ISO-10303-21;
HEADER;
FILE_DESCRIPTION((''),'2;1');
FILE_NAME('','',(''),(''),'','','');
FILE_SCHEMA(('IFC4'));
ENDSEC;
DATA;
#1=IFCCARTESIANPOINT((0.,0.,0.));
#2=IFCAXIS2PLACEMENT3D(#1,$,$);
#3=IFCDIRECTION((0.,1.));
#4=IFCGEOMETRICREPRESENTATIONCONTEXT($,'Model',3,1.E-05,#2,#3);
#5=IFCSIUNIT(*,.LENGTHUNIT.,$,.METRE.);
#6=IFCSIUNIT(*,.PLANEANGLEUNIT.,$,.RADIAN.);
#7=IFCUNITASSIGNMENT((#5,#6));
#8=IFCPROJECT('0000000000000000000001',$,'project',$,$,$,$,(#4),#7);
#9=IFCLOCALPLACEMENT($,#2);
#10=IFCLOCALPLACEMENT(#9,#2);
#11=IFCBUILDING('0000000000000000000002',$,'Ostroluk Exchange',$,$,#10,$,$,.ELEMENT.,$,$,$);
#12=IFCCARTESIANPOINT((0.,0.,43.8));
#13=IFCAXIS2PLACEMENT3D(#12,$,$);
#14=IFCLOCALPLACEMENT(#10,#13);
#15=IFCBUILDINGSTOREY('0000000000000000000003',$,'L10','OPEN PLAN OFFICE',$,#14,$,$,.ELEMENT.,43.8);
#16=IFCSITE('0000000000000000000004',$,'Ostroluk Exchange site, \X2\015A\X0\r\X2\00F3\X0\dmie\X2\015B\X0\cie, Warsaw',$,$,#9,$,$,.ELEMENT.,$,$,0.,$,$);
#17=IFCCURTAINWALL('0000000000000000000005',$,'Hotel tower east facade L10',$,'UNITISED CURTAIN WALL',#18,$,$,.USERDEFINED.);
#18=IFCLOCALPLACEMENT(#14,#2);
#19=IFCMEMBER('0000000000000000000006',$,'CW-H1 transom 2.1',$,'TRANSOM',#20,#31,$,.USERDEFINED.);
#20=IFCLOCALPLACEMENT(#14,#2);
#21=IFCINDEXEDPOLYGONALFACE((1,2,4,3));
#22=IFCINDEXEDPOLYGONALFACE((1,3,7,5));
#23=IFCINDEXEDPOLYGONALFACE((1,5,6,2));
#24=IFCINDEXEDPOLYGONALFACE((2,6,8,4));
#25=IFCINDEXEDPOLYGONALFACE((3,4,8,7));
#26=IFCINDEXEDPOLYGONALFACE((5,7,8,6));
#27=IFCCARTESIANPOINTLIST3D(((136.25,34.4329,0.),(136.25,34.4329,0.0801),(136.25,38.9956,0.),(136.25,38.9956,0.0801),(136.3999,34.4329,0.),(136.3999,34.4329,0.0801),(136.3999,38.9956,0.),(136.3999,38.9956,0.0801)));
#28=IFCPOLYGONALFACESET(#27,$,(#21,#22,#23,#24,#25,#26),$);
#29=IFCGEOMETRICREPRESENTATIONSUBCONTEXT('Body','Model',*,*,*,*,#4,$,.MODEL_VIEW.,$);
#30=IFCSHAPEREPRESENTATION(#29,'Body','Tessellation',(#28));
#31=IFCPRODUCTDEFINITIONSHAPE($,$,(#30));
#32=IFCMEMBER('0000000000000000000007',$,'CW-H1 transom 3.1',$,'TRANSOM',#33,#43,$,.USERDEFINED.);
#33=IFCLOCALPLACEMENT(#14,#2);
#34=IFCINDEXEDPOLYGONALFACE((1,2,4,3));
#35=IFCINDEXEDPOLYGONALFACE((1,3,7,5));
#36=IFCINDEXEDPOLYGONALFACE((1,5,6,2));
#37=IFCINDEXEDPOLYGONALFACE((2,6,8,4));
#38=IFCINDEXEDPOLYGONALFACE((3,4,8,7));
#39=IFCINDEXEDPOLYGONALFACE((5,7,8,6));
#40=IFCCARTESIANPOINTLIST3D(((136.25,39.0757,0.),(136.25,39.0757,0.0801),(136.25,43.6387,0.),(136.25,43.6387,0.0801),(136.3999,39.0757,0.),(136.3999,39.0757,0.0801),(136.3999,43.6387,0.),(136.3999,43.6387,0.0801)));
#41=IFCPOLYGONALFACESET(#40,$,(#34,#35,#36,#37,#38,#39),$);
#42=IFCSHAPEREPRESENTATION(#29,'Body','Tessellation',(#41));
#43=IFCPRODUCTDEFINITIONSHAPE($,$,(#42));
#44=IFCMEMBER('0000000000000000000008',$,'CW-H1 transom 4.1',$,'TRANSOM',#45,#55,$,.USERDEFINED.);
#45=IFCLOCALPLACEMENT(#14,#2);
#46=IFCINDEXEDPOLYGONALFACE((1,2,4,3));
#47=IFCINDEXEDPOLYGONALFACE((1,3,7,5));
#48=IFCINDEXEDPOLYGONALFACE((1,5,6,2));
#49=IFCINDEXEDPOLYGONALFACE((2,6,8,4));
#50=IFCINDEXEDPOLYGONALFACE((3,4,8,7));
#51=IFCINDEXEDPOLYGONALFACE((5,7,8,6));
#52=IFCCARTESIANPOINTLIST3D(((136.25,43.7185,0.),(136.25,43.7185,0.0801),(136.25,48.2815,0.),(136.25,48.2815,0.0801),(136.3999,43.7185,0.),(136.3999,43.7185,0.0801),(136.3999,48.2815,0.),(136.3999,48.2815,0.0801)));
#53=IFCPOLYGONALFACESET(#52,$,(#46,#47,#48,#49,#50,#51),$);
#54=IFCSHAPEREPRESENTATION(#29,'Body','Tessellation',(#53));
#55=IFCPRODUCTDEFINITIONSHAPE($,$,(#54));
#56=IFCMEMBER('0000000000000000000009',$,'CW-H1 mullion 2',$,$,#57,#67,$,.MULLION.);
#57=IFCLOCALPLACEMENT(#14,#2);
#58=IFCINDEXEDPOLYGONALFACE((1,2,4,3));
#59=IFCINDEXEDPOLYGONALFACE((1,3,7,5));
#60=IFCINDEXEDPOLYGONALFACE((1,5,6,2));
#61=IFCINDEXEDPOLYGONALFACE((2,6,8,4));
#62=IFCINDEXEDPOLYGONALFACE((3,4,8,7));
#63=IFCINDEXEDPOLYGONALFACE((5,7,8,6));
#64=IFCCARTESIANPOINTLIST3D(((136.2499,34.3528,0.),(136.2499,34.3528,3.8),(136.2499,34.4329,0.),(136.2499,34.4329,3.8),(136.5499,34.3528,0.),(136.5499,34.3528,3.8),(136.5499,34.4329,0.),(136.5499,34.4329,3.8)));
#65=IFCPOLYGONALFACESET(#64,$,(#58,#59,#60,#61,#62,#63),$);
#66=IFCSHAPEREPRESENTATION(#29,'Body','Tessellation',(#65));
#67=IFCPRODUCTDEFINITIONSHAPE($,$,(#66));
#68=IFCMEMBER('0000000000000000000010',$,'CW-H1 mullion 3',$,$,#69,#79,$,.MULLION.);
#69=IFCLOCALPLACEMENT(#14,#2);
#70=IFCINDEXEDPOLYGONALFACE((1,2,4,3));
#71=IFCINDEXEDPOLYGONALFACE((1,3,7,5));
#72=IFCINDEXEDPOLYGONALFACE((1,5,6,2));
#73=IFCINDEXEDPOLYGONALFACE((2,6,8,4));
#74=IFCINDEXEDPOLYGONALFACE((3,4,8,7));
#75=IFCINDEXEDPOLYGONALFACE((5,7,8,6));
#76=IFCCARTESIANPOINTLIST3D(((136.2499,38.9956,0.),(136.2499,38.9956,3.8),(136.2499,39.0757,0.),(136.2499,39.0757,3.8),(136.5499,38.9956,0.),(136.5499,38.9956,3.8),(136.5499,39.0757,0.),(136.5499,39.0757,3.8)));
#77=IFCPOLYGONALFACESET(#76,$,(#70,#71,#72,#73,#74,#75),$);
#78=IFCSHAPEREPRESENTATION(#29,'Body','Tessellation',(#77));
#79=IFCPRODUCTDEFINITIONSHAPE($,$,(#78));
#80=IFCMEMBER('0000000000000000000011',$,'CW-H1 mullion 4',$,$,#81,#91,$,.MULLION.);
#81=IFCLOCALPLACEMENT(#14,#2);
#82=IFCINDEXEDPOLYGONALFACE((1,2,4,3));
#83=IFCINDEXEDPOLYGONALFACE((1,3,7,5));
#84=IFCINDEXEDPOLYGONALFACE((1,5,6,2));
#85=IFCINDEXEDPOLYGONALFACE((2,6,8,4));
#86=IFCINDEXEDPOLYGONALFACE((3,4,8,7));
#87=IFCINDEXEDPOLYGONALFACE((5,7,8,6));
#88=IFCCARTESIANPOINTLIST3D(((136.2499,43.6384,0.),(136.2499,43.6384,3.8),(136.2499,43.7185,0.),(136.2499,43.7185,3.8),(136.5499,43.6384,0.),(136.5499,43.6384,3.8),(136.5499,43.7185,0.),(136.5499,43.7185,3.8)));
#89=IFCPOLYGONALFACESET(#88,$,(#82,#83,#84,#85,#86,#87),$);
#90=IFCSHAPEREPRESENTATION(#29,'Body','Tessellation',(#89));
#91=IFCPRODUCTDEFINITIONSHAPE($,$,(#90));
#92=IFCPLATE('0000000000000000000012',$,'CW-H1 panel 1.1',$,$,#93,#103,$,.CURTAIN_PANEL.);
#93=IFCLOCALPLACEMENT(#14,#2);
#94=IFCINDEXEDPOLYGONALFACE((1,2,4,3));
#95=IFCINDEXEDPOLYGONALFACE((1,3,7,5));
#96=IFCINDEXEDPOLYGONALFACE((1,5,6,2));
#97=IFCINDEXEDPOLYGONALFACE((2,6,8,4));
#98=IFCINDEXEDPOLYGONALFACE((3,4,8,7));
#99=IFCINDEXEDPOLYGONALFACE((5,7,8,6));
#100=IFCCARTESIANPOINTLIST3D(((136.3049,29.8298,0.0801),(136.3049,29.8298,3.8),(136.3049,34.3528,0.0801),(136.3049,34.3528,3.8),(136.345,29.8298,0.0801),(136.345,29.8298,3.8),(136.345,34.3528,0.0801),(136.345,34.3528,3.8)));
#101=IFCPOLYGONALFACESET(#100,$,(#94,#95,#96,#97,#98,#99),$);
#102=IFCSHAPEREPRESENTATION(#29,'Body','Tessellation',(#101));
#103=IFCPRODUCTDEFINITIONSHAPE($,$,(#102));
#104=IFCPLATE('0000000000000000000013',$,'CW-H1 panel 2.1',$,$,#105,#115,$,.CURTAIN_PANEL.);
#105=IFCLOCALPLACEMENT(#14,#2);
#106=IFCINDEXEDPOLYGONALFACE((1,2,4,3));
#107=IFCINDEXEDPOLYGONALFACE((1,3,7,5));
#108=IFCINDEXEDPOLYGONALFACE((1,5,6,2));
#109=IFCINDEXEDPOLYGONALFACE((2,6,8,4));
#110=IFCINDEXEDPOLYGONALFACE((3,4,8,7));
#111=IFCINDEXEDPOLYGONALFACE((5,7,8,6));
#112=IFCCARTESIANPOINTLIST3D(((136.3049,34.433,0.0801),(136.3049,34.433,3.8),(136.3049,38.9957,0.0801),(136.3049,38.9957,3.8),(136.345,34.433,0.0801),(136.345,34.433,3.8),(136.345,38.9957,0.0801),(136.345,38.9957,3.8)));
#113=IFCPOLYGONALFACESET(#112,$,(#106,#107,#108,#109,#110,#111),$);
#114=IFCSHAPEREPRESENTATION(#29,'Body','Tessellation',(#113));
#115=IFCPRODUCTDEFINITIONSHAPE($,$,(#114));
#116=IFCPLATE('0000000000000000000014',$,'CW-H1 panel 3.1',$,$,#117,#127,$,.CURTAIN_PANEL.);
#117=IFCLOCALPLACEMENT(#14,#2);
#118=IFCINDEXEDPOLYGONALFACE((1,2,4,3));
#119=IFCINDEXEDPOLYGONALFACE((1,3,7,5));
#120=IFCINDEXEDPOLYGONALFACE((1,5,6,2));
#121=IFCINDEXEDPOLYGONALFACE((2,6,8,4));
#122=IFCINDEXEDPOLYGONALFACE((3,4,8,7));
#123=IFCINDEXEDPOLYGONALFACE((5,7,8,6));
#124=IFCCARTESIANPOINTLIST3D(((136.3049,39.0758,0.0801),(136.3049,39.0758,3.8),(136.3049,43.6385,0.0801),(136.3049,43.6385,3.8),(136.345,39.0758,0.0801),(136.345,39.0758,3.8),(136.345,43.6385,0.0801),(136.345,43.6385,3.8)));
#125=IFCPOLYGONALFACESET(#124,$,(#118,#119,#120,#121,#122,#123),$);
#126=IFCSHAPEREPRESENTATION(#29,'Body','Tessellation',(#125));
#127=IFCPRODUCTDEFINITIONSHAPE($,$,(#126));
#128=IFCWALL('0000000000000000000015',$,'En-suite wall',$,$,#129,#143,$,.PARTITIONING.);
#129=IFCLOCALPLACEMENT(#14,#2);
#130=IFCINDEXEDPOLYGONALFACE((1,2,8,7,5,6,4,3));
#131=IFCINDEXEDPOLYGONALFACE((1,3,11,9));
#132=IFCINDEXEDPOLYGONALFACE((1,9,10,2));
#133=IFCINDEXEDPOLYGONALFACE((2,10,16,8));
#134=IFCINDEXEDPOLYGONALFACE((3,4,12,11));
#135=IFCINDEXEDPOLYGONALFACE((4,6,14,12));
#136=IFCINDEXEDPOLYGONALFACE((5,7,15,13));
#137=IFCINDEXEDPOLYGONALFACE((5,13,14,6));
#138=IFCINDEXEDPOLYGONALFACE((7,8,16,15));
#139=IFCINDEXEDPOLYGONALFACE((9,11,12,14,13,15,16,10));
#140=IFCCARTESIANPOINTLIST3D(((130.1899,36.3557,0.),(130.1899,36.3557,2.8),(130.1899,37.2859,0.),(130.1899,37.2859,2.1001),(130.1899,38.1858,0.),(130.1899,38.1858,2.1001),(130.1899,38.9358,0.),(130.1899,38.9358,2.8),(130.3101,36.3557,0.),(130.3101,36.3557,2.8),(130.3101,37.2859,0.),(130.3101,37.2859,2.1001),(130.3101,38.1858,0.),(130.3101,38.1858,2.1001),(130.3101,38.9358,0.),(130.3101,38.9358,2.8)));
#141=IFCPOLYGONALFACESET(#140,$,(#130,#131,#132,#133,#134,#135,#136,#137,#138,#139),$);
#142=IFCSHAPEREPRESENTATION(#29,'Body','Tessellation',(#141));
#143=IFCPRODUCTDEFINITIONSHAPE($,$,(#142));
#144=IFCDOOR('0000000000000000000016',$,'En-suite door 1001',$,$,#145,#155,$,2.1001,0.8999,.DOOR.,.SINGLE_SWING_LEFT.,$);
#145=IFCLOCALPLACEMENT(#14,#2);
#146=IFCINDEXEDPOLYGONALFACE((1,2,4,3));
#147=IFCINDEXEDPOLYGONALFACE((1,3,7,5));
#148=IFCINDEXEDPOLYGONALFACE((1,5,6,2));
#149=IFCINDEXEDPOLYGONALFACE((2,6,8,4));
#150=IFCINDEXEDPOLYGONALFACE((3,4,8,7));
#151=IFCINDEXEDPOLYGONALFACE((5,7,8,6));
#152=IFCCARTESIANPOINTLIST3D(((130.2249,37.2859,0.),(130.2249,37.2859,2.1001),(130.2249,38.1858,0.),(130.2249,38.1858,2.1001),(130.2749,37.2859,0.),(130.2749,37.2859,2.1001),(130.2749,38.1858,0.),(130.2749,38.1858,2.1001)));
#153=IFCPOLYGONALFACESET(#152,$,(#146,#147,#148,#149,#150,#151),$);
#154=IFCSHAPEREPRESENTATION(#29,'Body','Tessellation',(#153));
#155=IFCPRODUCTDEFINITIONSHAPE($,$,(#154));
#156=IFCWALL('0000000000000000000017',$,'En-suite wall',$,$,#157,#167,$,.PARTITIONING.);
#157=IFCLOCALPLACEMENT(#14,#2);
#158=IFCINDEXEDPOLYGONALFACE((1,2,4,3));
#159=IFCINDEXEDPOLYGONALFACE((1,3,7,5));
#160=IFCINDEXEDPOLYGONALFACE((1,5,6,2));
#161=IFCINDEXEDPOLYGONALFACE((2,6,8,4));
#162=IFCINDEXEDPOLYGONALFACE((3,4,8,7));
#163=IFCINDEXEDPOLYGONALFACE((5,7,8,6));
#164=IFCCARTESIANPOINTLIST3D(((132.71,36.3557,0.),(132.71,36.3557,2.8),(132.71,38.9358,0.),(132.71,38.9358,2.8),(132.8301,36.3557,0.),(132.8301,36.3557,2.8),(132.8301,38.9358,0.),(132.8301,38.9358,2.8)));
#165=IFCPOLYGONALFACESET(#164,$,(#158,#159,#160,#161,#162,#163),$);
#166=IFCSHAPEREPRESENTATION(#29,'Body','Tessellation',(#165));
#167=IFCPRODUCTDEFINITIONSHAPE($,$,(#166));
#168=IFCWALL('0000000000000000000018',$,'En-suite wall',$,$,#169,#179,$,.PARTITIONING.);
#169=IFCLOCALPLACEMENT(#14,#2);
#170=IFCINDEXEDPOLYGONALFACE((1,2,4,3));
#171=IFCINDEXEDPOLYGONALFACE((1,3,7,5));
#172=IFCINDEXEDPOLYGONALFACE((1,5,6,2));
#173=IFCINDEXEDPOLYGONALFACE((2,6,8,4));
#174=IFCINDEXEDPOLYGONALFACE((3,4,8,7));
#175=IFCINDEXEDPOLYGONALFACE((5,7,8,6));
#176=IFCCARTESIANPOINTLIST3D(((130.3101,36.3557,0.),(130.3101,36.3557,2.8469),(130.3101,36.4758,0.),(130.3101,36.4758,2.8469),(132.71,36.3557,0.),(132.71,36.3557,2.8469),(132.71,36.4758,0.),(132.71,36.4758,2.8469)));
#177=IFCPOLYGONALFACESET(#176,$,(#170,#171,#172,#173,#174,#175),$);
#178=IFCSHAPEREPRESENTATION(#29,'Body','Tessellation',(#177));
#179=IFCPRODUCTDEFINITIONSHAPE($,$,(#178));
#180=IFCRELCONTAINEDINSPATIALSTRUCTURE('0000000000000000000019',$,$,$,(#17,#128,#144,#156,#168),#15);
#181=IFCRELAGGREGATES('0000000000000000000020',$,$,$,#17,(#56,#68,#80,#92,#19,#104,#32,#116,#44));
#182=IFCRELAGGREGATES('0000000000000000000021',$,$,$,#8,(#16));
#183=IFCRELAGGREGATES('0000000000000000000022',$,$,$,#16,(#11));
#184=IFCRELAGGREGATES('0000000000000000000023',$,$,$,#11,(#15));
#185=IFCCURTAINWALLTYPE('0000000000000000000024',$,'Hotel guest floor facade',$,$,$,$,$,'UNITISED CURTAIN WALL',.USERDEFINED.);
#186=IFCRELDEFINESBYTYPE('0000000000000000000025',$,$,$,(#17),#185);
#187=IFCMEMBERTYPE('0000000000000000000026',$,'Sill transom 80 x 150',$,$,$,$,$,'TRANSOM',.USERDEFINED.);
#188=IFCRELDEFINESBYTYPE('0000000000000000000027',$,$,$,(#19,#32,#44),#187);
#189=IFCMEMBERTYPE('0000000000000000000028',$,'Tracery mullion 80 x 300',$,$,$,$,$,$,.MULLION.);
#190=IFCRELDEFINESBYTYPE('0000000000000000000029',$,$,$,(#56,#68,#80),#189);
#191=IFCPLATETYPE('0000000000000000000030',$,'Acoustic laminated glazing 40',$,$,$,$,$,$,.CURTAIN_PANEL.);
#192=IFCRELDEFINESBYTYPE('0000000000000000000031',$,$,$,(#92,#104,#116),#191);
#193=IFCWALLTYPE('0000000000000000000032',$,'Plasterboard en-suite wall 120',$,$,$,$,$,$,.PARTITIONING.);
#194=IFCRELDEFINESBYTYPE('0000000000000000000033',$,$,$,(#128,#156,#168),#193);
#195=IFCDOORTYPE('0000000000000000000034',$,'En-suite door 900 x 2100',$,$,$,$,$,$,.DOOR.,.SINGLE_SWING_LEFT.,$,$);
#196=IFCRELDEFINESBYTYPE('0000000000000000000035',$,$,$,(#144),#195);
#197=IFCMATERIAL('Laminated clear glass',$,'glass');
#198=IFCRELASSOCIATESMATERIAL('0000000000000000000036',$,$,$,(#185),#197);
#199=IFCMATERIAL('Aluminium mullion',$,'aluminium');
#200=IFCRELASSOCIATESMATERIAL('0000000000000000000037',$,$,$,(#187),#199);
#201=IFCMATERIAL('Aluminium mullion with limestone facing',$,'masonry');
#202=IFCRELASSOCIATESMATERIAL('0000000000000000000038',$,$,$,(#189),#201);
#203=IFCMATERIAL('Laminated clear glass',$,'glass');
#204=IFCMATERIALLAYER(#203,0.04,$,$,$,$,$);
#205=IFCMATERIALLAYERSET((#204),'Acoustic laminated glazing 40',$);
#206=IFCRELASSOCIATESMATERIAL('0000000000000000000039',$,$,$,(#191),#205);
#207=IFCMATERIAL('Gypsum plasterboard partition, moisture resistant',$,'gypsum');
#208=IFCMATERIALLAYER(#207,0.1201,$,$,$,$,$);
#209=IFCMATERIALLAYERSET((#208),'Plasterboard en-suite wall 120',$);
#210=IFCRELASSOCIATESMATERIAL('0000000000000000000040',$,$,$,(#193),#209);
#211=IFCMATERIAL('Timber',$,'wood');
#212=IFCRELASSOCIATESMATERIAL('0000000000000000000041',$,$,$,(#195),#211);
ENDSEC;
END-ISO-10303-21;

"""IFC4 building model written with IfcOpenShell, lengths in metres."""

from ifc_helpers import new_model, si_unit, direction, frame, frame_2d, origin, origin_2d, place, context, subcontext, project, spatial, rectangle, extrude, material, layer, layer_set, material_profile, profile_set, type_object, element, fill, aggregate, save


model = new_model("IFC4")

# Units and contexts
model_context = context("Model", 3, precision=1e-05, world=origin(), true_north=direction((0.0, 1.0)))
body_context = subcontext(model_context, "Body", "Model", "MODEL_VIEW")
ifc_project = project(units=[si_unit("LENGTHUNIT", "METRE"), si_unit("PLANEANGLEUNIT", "RADIAN")], contexts=[model_context])

# Site, building, storey
site_placement = place(None, origin())
site = spatial("IfcSite", under=ifc_project, at=site_placement, Name="Ostroluk Exchange site, Śródmieście, Warsaw", CompositionType="ELEMENT", RefElevation=0.0)
building_placement = place(site_placement, origin())
building = spatial("IfcBuilding", under=site, at=building_placement, Name="Ostroluk Exchange", CompositionType="ELEMENT")
storey_placement = place(building_placement, frame((0.0, 0.0, 43.8)))
storey = spatial("IfcBuildingStorey", under=building, at=storey_placement, Name="L10", Description="OPEN PLAN OFFICE", CompositionType="ELEMENT", Elevation=43.8)

# Curtain wall, members, plates
ifc_material_1 = material(Name="Laminated clear glass", Category="glass")
curtain_wall_type = type_object("IfcCurtainWallType", Name="Hotel guest floor facade", ElementType="UNITISED CURTAIN WALL", PredefinedType="USERDEFINED", material=ifc_material_1)
curtain_wall_placement = place(storey_placement, origin())
curtain_wall = element("IfcCurtainWall", 1, at=curtain_wall_placement, inside=storey, type_object=curtain_wall_type, Name="Hotel tower east facade L10", ObjectType="UNITISED CURTAIN WALL", PredefinedType="USERDEFINED")
ifc_material_2 = material(Name="Aluminium mullion", Category="aluminium")
ifc_material_profile_1 = material_profile(ifc_material_2, rectangle(XDim=0.1499, YDim=0.0801, at=origin_2d()), Name="Sill transom 80 x 150")
ifc_profile_set_1 = profile_set([ifc_material_profile_1], Name="Aluminium mullion")
member_type_1 = type_object("IfcMemberType", Name="Sill transom 80 x 150", ElementType="TRANSOM", PredefinedType="USERDEFINED", material=ifc_profile_set_1)
member_1_placement = place(storey_placement, frame((136.325, 34.4329, 0.04), z_axis=(0.0, 1.0, 0.0), x_axis=(-1.0, 0.0, 0.0)))
member_1 = element("IfcMember", 2, at=member_1_placement, type_object=member_type_1, Name="CW-H1 transom 2.1", ObjectType="TRANSOM", PredefinedType="USERDEFINED", context=body_context, shape_type="SweptSolid", body=[
    extrude(rectangle(XDim=0.1499, YDim=0.0801, at=origin_2d()), origin(), (0.0, 0.0, 1.0), 4.5627),
])
member_2_placement = place(storey_placement, frame((136.325, 39.0757, 0.04), z_axis=(0.0, 1.0, 0.0), x_axis=(-1.0, 0.0, 0.0)))
member_2 = element("IfcMember", 3, at=member_2_placement, type_object=member_type_1, Name="CW-H1 transom 3.1", ObjectType="TRANSOM", PredefinedType="USERDEFINED", context=body_context, shape_type="SweptSolid", body=[
    extrude(rectangle(XDim=0.1499, YDim=0.0801, at=origin_2d()), origin(), (0.0, 0.0, 1.0), 4.563),
])
member_3_placement = place(storey_placement, frame((136.325, 43.7185, 0.04), z_axis=(0.0, 1.0, 0.0), x_axis=(-1.0, 0.0, 0.0)))
member_3 = element("IfcMember", 4, at=member_3_placement, type_object=member_type_1, Name="CW-H1 transom 4.1", ObjectType="TRANSOM", PredefinedType="USERDEFINED", context=body_context, shape_type="SweptSolid", body=[
    extrude(rectangle(XDim=0.1499, YDim=0.0801, at=origin_2d()), origin(), (0.0, 0.0, 1.0), 4.563),
])
ifc_material_3 = material(Name="Aluminium mullion with limestone facing", Category="masonry")
ifc_material_profile_2 = material_profile(ifc_material_3, rectangle(XDim=0.3, YDim=0.0801, at=origin_2d()), Name="Tracery mullion 80 x 300")
ifc_profile_set_2 = profile_set([ifc_material_profile_2], Name="Aluminium mullion with limestone facing")
member_type_2 = type_object("IfcMemberType", Name="Tracery mullion 80 x 300", PredefinedType="MULLION", material=ifc_profile_set_2)
member_4_placement = place(storey_placement, frame((136.3999, 34.3928, 0.0), z_axis=(0.0, 0.0, 1.0), x_axis=(-1.0, 0.0, 0.0)))
member_4 = element("IfcMember", 5, at=member_4_placement, type_object=member_type_2, Name="CW-H1 mullion 2", PredefinedType="MULLION", context=body_context, shape_type="SweptSolid", body=[
    extrude(rectangle(XDim=0.3, YDim=0.0801, at=origin_2d()), origin(), (0.0, 0.0, 1.0), 3.8),
])
member_5_placement = place(storey_placement, frame((136.3999, 39.0356, 0.0), z_axis=(0.0, 0.0, 1.0), x_axis=(-1.0, 0.0, 0.0)))
member_5 = element("IfcMember", 6, at=member_5_placement, type_object=member_type_2, Name="CW-H1 mullion 3", PredefinedType="MULLION", context=body_context, shape_type="SweptSolid", body=[
    extrude(rectangle(XDim=0.3, YDim=0.0801, at=origin_2d()), origin(), (0.0, 0.0, 1.0), 3.8),
])
member_6_placement = place(storey_placement, frame((136.3999, 43.6785, 0.0), z_axis=(0.0, 0.0, 1.0), x_axis=(-1.0, 0.0, 0.0)))
member_6 = element("IfcMember", 7, at=member_6_placement, type_object=member_type_2, Name="CW-H1 mullion 4", PredefinedType="MULLION", context=body_context, shape_type="SweptSolid", body=[
    extrude(rectangle(XDim=0.3, YDim=0.0801, at=origin_2d()), origin(), (0.0, 0.0, 1.0), 3.8),
])
ifc_material_4 = material(Name="Laminated clear glass", Category="glass")
ifc_layer_1 = layer(ifc_material_4, 0.04)
ifc_layer_set_1 = layer_set([ifc_layer_1], Name="Acoustic laminated glazing 40")
plate_type = type_object("IfcPlateType", Name="Acoustic laminated glazing 40", PredefinedType="CURTAIN_PANEL", material=ifc_layer_set_1)
plate_1_placement = place(storey_placement, frame((136.325, 32.0913, 0.0801), z_axis=(0.0, 0.0, 1.0), x_axis=(0.0, 1.0, 0.0)))
plate_1 = element("IfcPlate", 8, at=plate_1_placement, type_object=plate_type, Name="CW-H1 panel 1.1", PredefinedType="CURTAIN_PANEL", context=body_context, shape_type="SweptSolid", body=[
    extrude(rectangle(XDim=4.5229, YDim=0.04, at=origin_2d()), origin(), (0.0, 0.0, 1.0), 3.72),
])
plate_2_placement = place(storey_placement, frame((136.325, 36.7144, 0.0801), z_axis=(0.0, 0.0, 1.0), x_axis=(0.0, 1.0, 0.0)))
plate_2 = element("IfcPlate", 9, at=plate_2_placement, type_object=plate_type, Name="CW-H1 panel 2.1", PredefinedType="CURTAIN_PANEL", context=body_context, shape_type="SweptSolid", body=[
    extrude(rectangle(XDim=4.5627, YDim=0.04, at=origin_2d()), origin(), (0.0, 0.0, 1.0), 3.72),
])
plate_3_placement = place(storey_placement, frame((136.325, 41.3572, 0.0801), z_axis=(0.0, 0.0, 1.0), x_axis=(0.0, 1.0, 0.0)))
plate_3 = element("IfcPlate", 10, at=plate_3_placement, type_object=plate_type, Name="CW-H1 panel 3.1", PredefinedType="CURTAIN_PANEL", context=body_context, shape_type="SweptSolid", body=[
    extrude(rectangle(XDim=4.5627, YDim=0.04, at=origin_2d()), origin(), (0.0, 0.0, 1.0), 3.72),
])
aggregate(curtain_wall, [member_4, member_5, member_6, plate_1, member_1, plate_2, member_2, plate_3, member_3])

# Wall, opening, door
ifc_material_5 = material(Name="Gypsum plasterboard partition, moisture resistant", Category="gypsum")
ifc_layer_2 = layer(ifc_material_5, 0.1201)
ifc_layer_set_2 = layer_set([ifc_layer_2], Name="Plasterboard en-suite wall 120")
wall_type = type_object("IfcWallType", Name="Plasterboard en-suite wall 120", PredefinedType="PARTITIONING", material=ifc_layer_set_2)
wall_1_placement = place(storey_placement, frame((130.25, 38.9358, 0.0), z_axis=(0.0, 0.0, 1.0), x_axis=(0.0, -1.0, 0.0)))
wall_1 = element("IfcWall", 11, at=wall_1_placement, inside=storey, type_object=wall_type, Name="En-suite wall", PredefinedType="PARTITIONING", context=body_context, shape_type="SweptSolid", body=[
    extrude(rectangle(XDim=2.5801, YDim=0.1201, at=frame_2d((1.29, 0.0))), origin(), (0.0, 0.0, 1.0), 2.8),
])
opening_placement = place(wall_1_placement, frame((0.75, 0.0, 0.0)))
opening = element("IfcOpeningElement", 12, at=opening_placement, cuts=wall_1, PredefinedType="OPENING", context=body_context, shape_type="SweptSolid", body=[
    extrude(rectangle(XDim=0.8999, YDim=2.1001, at=frame_2d((0.45, 1.05))), frame((0.0, 0.0701, 0.0), z_axis=(0.0, -1.0, 0.0), x_axis=(1.0, 0.0, 0.0)), (0.0, 0.0, 1.0), 0.1401),
])
ifc_material_6 = material(Name="Timber", Category="wood")
door_type = type_object("IfcDoorType", Name="En-suite door 900 x 2100", OperationType="SINGLE_SWING_LEFT", PredefinedType="DOOR", material=ifc_material_6)
door_placement = place(opening_placement, origin())
door = element("IfcDoor", 13, at=door_placement, inside=storey, type_object=door_type, Name="En-suite door 1001", OperationType="SINGLE_SWING_LEFT", OverallHeight=2.1001, OverallWidth=0.8999, PredefinedType="DOOR", context=body_context, shape_type="SweptSolid", body=[
    extrude(rectangle(XDim=0.8999, YDim=2.1001, at=frame_2d((0.45, 1.05))), frame((0.0, 0.0249, 0.0), z_axis=(0.0, -1.0, 0.0), x_axis=(1.0, 0.0, 0.0)), (0.0, 0.0, 1.0), 0.05),
])
fill(opening, door)

# Walls
wall_2_placement = place(storey_placement, frame((132.77, 38.9358, 0.0), z_axis=(0.0, 0.0, 1.0), x_axis=(0.0, -1.0, 0.0)))
element("IfcWall", 14, at=wall_2_placement, inside=storey, type_object=wall_type, Name="En-suite wall", PredefinedType="PARTITIONING", context=body_context, shape_type="SweptSolid", body=[
    extrude(rectangle(XDim=2.5801, YDim=0.1201, at=frame_2d((1.29, 0.0))), origin(), (0.0, 0.0, 1.0), 2.8),
])
wall_3_placement = place(storey_placement, frame((130.3101, 36.4158, 0.0), z_axis=(0.0, 0.0, 1.0), x_axis=(1.0, 0.0, 0.0)))
element("IfcWall", 15, at=wall_3_placement, inside=storey, type_object=wall_type, Name="En-suite wall", PredefinedType="PARTITIONING", context=body_context, shape_type="SweptSolid", body=[
    extrude(rectangle(XDim=2.3999, YDim=0.1201, at=frame_2d((1.2, 0.0))), origin(), (0.0, 0.0, 1.0), 2.8469),
])

save(model, "model.ifc")
